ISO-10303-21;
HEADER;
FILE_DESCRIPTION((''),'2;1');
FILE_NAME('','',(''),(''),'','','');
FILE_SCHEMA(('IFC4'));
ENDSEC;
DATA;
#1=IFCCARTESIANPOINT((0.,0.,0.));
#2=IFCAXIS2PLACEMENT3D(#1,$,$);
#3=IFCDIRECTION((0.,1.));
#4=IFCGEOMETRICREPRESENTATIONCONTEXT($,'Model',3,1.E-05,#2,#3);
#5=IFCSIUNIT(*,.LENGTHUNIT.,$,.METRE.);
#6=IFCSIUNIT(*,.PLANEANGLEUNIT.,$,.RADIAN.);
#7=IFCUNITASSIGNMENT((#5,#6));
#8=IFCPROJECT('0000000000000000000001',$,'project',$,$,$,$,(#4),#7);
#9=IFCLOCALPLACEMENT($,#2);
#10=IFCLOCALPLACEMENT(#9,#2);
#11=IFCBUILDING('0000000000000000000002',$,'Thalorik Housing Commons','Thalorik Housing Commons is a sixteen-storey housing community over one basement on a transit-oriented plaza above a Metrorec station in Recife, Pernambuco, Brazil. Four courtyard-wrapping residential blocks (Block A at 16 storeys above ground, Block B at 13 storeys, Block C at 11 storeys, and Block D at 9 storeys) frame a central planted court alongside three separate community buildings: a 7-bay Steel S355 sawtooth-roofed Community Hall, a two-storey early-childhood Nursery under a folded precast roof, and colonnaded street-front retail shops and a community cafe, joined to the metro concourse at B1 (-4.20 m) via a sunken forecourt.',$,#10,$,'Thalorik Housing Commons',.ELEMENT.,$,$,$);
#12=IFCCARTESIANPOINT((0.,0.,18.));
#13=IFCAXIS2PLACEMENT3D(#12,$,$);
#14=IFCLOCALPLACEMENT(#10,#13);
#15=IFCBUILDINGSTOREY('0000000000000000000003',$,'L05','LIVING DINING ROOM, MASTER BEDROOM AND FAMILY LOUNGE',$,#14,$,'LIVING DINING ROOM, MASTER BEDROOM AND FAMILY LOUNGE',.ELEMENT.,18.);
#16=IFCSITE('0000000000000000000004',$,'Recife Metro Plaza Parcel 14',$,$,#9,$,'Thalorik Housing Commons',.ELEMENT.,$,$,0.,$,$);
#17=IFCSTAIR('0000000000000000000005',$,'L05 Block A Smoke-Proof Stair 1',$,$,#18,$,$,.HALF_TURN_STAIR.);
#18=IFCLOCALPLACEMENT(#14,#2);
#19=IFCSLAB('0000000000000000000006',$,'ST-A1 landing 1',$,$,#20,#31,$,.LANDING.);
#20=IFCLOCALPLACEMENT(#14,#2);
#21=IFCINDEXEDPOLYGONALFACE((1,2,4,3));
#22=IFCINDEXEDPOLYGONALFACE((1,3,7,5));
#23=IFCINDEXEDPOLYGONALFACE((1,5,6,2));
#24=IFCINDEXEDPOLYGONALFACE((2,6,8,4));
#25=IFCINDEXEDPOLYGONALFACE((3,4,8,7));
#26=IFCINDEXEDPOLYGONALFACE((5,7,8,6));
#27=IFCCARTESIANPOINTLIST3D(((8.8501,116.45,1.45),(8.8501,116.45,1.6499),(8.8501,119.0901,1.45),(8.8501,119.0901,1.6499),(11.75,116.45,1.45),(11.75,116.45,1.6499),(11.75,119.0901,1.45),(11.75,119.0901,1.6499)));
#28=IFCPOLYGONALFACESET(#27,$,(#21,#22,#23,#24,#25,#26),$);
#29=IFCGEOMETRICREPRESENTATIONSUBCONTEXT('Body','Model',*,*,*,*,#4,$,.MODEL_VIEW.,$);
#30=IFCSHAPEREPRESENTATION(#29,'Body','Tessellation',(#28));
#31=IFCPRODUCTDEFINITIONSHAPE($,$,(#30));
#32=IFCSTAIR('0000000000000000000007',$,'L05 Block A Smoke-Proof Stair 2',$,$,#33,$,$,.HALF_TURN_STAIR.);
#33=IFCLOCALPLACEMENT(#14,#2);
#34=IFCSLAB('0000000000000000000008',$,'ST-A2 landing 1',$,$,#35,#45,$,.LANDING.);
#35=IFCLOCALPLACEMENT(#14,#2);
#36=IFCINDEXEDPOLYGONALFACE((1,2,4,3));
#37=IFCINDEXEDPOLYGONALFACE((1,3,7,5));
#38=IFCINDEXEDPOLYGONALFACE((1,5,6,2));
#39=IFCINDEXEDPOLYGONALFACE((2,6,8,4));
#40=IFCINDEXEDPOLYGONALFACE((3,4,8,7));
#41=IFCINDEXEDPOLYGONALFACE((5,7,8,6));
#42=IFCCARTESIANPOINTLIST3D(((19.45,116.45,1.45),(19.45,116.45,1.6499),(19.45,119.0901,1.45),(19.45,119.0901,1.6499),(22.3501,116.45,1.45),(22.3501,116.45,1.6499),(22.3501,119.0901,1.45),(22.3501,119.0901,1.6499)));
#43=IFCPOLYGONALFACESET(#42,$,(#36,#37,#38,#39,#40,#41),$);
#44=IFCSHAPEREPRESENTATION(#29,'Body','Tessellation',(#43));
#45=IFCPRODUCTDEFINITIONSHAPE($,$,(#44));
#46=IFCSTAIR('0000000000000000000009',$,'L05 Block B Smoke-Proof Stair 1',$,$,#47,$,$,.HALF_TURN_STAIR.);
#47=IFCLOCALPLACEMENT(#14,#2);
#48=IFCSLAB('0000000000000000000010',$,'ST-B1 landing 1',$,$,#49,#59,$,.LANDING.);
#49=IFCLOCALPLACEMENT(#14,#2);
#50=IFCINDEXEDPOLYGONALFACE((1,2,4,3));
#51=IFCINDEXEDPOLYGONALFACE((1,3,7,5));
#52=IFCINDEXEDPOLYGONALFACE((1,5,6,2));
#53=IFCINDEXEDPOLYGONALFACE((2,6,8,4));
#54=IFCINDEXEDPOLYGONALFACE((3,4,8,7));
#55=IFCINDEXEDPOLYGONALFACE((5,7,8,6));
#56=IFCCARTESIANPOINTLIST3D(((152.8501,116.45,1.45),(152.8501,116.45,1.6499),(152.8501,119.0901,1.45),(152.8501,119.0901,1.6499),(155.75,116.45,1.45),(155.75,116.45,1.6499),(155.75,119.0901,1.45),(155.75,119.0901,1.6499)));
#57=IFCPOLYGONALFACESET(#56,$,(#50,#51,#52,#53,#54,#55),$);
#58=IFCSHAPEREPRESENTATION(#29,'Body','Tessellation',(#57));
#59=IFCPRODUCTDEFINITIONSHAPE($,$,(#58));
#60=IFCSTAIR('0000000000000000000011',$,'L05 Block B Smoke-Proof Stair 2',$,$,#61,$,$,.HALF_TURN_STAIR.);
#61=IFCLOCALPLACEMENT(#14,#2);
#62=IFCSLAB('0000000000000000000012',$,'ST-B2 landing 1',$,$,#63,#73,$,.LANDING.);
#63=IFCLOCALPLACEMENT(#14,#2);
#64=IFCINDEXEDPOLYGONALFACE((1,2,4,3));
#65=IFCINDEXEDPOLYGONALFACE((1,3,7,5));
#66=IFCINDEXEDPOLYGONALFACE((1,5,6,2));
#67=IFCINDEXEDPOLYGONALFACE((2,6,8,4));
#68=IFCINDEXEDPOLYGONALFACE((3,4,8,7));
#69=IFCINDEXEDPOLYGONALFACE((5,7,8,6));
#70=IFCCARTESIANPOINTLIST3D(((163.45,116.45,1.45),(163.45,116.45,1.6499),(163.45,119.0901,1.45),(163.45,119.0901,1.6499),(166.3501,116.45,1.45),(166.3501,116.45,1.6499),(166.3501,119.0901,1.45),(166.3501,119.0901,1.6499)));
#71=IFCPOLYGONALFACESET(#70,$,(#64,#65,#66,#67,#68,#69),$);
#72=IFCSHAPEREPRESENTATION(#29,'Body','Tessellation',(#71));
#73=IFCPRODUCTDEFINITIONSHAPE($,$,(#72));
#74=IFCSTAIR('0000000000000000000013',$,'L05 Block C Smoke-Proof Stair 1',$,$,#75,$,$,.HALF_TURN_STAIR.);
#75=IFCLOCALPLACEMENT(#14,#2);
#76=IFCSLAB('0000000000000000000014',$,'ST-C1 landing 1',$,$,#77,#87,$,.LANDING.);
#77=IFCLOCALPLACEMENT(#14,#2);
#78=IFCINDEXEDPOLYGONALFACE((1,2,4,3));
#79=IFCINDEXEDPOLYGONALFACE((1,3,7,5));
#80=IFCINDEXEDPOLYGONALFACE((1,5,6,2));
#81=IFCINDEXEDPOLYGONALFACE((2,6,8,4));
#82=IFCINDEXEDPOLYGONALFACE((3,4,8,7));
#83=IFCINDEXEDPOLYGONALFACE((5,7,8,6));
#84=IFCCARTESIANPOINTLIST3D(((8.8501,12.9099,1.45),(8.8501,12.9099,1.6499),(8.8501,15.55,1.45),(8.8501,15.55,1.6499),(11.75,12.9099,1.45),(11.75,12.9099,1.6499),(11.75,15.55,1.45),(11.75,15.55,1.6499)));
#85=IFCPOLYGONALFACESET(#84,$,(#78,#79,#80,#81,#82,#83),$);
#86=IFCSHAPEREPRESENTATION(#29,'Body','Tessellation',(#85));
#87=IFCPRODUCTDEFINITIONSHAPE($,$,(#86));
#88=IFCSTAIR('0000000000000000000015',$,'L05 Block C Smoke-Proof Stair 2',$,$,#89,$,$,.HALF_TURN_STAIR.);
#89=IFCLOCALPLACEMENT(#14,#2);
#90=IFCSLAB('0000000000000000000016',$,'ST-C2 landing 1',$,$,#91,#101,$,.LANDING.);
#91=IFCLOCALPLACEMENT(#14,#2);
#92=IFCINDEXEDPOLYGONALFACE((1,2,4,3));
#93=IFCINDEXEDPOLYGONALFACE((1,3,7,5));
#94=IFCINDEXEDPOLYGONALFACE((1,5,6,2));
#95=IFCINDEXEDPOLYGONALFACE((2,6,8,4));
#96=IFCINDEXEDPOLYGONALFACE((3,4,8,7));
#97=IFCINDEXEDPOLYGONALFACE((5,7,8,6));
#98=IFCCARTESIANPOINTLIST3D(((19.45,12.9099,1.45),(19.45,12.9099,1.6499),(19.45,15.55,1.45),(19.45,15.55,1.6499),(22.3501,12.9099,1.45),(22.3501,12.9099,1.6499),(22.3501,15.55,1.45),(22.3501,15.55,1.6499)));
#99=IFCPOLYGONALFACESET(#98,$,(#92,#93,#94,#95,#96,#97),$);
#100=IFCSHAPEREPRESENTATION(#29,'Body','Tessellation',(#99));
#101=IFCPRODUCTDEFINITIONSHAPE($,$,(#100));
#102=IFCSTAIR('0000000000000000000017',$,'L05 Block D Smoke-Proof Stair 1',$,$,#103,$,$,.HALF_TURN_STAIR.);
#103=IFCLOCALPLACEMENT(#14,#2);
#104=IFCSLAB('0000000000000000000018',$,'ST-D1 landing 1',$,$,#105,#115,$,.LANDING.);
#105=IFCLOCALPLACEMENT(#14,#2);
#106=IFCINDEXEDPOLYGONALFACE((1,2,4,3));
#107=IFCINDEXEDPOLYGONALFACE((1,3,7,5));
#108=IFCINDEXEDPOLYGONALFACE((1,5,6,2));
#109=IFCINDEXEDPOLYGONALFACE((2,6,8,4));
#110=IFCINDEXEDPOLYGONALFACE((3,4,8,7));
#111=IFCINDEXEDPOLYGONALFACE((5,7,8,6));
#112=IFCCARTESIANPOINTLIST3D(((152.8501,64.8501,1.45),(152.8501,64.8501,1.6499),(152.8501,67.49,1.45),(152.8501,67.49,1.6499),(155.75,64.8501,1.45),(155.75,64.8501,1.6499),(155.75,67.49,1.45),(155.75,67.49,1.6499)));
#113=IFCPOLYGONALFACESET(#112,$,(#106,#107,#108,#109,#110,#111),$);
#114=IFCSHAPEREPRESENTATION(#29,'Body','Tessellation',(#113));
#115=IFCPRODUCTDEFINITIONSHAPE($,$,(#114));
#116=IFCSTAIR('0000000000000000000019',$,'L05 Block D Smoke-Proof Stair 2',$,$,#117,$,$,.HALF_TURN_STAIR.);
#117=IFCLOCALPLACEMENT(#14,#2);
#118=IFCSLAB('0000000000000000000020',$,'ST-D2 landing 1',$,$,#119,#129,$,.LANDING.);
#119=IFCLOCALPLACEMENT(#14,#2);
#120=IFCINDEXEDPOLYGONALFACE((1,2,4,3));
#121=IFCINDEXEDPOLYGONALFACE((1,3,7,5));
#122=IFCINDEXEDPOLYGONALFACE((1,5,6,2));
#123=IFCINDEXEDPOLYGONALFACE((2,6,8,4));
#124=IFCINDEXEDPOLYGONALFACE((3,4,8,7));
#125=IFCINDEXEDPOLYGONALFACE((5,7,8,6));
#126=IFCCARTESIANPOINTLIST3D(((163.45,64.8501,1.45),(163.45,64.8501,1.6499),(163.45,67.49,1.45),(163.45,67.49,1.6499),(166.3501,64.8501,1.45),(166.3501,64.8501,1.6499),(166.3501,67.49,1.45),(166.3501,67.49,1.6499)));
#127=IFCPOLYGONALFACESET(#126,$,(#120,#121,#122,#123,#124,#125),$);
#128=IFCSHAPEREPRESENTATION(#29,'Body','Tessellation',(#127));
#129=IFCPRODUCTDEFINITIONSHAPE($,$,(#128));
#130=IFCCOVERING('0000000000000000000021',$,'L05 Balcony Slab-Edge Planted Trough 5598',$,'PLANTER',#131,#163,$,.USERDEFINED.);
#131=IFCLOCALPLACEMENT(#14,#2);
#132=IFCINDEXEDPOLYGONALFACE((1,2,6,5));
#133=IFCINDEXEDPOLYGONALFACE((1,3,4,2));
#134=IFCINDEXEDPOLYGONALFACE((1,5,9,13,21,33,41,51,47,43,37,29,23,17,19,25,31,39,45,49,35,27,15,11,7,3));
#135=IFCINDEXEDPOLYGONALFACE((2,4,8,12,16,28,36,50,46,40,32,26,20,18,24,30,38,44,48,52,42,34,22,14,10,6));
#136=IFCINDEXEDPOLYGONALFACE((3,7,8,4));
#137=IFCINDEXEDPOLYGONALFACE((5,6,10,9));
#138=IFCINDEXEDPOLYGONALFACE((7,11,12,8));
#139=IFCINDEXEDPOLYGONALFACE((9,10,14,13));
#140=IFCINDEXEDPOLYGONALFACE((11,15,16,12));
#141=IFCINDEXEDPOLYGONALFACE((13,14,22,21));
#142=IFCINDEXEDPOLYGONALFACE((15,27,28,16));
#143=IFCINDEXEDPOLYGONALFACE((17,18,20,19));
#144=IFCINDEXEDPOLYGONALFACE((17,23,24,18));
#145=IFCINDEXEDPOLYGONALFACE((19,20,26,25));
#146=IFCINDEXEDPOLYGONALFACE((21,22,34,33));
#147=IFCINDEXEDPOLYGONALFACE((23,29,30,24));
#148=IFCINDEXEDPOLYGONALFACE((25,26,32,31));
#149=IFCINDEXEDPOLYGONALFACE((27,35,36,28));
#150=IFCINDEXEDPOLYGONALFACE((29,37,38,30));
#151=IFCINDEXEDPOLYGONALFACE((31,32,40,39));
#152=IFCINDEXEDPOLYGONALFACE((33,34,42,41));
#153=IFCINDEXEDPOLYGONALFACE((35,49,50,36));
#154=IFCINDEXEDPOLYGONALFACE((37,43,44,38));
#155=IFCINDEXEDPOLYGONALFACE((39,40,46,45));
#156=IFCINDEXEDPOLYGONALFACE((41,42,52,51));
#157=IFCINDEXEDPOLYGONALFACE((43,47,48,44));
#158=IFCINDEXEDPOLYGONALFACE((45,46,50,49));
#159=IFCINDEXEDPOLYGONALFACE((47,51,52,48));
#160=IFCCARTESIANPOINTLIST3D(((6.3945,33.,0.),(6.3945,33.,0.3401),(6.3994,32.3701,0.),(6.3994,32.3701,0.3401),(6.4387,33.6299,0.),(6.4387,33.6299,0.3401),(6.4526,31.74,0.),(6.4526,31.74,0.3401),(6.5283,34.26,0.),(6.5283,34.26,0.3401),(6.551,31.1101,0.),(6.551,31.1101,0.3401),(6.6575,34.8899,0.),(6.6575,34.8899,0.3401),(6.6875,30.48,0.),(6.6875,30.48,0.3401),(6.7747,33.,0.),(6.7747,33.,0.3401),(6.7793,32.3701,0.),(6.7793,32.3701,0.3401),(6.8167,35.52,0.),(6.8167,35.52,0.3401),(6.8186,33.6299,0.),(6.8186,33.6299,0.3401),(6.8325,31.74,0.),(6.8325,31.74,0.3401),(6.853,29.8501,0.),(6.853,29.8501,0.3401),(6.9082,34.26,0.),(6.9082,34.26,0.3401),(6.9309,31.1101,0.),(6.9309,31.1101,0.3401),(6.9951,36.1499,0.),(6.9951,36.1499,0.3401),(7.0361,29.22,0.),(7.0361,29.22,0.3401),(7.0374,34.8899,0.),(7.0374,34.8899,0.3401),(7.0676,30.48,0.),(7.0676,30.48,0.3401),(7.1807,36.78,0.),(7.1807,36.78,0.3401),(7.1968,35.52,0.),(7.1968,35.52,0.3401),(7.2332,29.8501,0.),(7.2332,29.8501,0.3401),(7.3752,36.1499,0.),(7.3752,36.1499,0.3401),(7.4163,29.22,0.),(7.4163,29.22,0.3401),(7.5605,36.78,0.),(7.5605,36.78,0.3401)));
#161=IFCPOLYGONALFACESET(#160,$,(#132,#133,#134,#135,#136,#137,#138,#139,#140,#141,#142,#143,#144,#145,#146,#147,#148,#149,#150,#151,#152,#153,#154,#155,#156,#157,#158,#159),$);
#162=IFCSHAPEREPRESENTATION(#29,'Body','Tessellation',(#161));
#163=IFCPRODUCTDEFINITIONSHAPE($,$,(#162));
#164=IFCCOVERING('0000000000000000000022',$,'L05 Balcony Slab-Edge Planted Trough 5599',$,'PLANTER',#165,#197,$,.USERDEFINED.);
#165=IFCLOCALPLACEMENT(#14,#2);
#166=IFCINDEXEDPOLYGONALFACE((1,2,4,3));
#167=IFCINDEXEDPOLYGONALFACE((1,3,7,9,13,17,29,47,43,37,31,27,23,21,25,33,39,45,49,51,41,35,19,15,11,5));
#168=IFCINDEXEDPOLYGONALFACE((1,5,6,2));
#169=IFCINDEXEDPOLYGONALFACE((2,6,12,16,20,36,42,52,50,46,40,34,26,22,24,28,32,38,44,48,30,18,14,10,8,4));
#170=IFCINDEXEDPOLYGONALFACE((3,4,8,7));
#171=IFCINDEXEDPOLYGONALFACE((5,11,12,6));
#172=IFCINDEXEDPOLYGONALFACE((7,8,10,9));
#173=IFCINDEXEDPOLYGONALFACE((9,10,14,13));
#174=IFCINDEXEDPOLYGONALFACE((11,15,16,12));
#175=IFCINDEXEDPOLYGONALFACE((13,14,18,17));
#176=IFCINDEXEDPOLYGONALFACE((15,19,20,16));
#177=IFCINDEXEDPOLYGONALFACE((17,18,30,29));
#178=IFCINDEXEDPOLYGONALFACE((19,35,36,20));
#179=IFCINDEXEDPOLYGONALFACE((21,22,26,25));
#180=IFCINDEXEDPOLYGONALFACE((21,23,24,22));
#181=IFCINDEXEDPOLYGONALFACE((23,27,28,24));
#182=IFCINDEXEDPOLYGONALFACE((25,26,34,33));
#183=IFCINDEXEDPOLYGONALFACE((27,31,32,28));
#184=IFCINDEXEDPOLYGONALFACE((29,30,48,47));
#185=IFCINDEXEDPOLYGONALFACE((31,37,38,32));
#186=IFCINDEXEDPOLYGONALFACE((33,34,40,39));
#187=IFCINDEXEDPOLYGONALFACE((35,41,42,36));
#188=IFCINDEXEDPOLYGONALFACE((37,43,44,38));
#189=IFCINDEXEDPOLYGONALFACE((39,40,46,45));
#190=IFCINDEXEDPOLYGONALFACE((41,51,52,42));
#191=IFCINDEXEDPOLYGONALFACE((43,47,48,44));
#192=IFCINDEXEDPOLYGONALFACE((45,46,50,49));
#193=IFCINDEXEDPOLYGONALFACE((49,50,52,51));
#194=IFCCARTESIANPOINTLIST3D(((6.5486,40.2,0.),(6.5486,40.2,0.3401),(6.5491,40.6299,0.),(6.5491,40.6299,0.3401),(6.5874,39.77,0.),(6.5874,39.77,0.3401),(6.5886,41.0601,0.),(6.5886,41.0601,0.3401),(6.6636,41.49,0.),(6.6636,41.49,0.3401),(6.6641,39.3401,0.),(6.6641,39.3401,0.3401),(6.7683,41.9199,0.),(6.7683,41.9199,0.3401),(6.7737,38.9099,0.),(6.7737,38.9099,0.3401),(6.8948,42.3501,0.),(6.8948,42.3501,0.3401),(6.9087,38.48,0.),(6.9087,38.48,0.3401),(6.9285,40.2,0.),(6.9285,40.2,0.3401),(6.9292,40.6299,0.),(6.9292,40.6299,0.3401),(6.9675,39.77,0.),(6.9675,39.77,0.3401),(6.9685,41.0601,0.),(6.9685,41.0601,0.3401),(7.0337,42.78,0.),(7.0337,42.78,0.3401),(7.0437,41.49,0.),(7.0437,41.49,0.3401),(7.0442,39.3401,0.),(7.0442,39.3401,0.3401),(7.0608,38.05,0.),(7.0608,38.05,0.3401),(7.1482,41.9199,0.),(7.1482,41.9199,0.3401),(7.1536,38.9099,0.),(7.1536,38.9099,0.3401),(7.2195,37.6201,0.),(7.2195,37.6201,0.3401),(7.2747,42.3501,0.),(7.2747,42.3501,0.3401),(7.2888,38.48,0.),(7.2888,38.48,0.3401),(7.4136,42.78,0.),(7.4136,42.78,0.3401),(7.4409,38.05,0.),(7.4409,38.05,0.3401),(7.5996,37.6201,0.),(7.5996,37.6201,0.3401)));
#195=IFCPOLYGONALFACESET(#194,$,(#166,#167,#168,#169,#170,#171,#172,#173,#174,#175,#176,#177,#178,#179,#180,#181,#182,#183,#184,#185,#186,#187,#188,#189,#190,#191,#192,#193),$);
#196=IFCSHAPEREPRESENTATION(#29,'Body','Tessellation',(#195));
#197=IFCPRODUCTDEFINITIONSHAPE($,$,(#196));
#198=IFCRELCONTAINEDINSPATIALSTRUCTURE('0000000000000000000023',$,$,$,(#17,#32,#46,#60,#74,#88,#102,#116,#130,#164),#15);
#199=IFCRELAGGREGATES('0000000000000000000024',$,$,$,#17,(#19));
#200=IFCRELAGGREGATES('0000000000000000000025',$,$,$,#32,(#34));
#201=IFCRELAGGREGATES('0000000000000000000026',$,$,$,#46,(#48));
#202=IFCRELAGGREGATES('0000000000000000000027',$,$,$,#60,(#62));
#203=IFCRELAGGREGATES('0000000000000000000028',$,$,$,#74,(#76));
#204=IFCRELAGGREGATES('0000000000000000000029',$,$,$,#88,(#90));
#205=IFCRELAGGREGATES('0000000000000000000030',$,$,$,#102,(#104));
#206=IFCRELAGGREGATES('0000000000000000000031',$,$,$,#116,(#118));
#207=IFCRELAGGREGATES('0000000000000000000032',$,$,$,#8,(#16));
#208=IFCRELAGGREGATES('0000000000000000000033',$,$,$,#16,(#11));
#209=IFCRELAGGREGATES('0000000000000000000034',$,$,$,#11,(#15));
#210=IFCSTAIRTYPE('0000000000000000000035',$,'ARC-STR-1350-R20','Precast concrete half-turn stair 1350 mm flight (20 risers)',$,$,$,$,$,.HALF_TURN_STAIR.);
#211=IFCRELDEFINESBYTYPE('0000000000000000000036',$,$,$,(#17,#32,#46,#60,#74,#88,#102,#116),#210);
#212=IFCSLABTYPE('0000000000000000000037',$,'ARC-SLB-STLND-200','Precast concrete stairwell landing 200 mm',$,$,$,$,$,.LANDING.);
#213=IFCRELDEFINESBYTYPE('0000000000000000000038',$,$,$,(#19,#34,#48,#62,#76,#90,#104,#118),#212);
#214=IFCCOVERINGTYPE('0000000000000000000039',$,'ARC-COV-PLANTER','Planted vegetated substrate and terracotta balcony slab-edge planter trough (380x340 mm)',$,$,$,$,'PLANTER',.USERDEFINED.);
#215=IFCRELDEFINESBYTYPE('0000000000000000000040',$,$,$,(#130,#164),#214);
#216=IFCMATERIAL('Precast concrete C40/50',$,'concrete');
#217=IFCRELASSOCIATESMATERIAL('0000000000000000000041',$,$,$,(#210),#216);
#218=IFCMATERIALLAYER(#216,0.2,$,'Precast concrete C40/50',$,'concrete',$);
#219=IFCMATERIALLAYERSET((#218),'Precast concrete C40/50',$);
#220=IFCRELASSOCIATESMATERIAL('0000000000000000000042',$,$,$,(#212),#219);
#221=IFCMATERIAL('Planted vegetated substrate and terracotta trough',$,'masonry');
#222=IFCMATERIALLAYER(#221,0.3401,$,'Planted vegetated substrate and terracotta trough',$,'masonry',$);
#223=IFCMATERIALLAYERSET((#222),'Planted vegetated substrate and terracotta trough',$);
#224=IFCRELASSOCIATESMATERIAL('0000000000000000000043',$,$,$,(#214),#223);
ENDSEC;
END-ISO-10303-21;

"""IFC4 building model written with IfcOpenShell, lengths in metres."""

from ifc_helpers import new_model, si_unit, direction, frame, origin, place, context, subcontext, project, spatial, polyline, outline, extrude, material, layer, layer_set, type_object, element, aggregate, save


model = new_model("IFC4")

# Units and contexts
model_context = context("Model", 3, precision=1e-05, world=origin(), true_north=direction((0.0, 1.0)))
body_context = subcontext(model_context, "Body", "Model", "MODEL_VIEW")
ifc_project = project(units=[si_unit("LENGTHUNIT", "METRE"), si_unit("PLANEANGLEUNIT", "RADIAN")], contexts=[model_context])

# Site, building, storey
site_placement = place(None, origin())
site = spatial("IfcSite", under=ifc_project, at=site_placement, Name="Recife Metro Plaza Parcel 14", LongName="Thalorik Housing Commons", CompositionType="ELEMENT", RefElevation=0.0)
building_placement = place(site_placement, origin())
building = spatial("IfcBuilding", under=site, at=building_placement, Name="Thalorik Housing Commons", Description="Thalorik Housing Commons is a sixteen-storey housing community over one basement on a transit-oriented plaza above a Metrorec station in Recife, Pernambuco, Brazil. Four courtyard-wrapping residential blocks (Block A at 16 storeys above ground, Block B at 13 storeys, Block C at 11 storeys, and Block D at 9 storeys) frame a central planted court alongside three separate community buildings: a 7-bay Steel S355 sawtooth-roofed Community Hall, a two-storey early-childhood Nursery under a folded precast roof, and colonnaded street-front retail shops and a community cafe, joined to the metro concourse at B1 (-4.20 m) via a sunken forecourt.", LongName="Thalorik Housing Commons", CompositionType="ELEMENT")
storey_placement = place(building_placement, frame((0.0, 0.0, 18.0)))
storey = spatial("IfcBuildingStorey", under=building, at=storey_placement, Name="L05", Description="LIVING DINING ROOM, MASTER BEDROOM AND FAMILY LOUNGE", LongName="LIVING DINING ROOM, MASTER BEDROOM AND FAMILY LOUNGE", CompositionType="ELEMENT", Elevation=18.0)

# Stairs, slabs
ifc_material_1 = material(Name="Precast concrete C40/50", Category="concrete")
stair_type = type_object("IfcStairType", Name="ARC-STR-1350-R20", Description="Precast concrete half-turn stair 1350 mm flight (20 risers)", PredefinedType="HALF_TURN_STAIR", material=ifc_material_1)
stair_1_placement = place(storey_placement, origin())
stair_1 = element("IfcStair", 1, at=stair_1_placement, inside=storey, type_object=stair_type, Name="L05 Block A Smoke-Proof Stair 1", PredefinedType="HALF_TURN_STAIR")
ifc_layer_1 = layer(ifc_material_1, 0.2, Name="Precast concrete C40/50", Category="concrete")
ifc_layer_set_1 = layer_set([ifc_layer_1], Name="Precast concrete C40/50")
slab_type = type_object("IfcSlabType", Name="ARC-SLB-STLND-200", Description="Precast concrete stairwell landing 200 mm", PredefinedType="LANDING", material=ifc_layer_set_1)
slab_1_placement = place(storey_placement, frame((0.0, 0.0, 1.45)))
slab_1 = element("IfcSlab", 2, at=slab_1_placement, type_object=slab_type, Name="ST-A1 landing 1", PredefinedType="LANDING", context=body_context, shape_type="SweptSolid", body=[
    extrude(outline(polyline([(8.8501, 119.0901), (8.8501, 116.45), (11.75, 116.45), (11.75, 119.0901), (8.8501, 119.0901)])), origin(), (0.0, 0.0, 1.0), 0.2),
])
aggregate(stair_1, [slab_1])
stair_2_placement = place(storey_placement, origin())
stair_2 = element("IfcStair", 3, at=stair_2_placement, inside=storey, type_object=stair_type, Name="L05 Block A Smoke-Proof Stair 2", PredefinedType="HALF_TURN_STAIR")
slab_2_placement = place(storey_placement, frame((0.0, 0.0, 1.45)))
slab_2 = element("IfcSlab", 4, at=slab_2_placement, type_object=slab_type, Name="ST-A2 landing 1", PredefinedType="LANDING", context=body_context, shape_type="SweptSolid", body=[
    extrude(outline(polyline([(19.45, 119.0901), (19.45, 116.45), (22.3501, 116.45), (22.3501, 119.0901), (19.45, 119.0901)])), origin(), (0.0, 0.0, 1.0), 0.2),
])
aggregate(stair_2, [slab_2])
stair_3_placement = place(storey_placement, origin())
stair_3 = element("IfcStair", 5, at=stair_3_placement, inside=storey, type_object=stair_type, Name="L05 Block B Smoke-Proof Stair 1", PredefinedType="HALF_TURN_STAIR")
slab_3_placement = place(storey_placement, frame((0.0, 0.0, 1.45)))
slab_3 = element("IfcSlab", 6, at=slab_3_placement, type_object=slab_type, Name="ST-B1 landing 1", PredefinedType="LANDING", context=body_context, shape_type="SweptSolid", body=[
    extrude(outline(polyline([(152.8501, 119.0901), (152.8501, 116.45), (155.75, 116.45), (155.75, 119.0901), (152.8501, 119.0901)])), origin(), (0.0, 0.0, 1.0), 0.2),
])
aggregate(stair_3, [slab_3])
stair_4_placement = place(storey_placement, origin())
stair_4 = element("IfcStair", 7, at=stair_4_placement, inside=storey, type_object=stair_type, Name="L05 Block B Smoke-Proof Stair 2", PredefinedType="HALF_TURN_STAIR")
slab_4_placement = place(storey_placement, frame((0.0, 0.0, 1.45)))
slab_4 = element("IfcSlab", 8, at=slab_4_placement, type_object=slab_type, Name="ST-B2 landing 1", PredefinedType="LANDING", context=body_context, shape_type="SweptSolid", body=[
    extrude(outline(polyline([(163.45, 119.0901), (163.45, 116.45), (166.3501, 116.45), (166.3501, 119.0901), (163.45, 119.0901)])), origin(), (0.0, 0.0, 1.0), 0.2),
])
aggregate(stair_4, [slab_4])
stair_5_placement = place(storey_placement, origin())
stair_5 = element("IfcStair", 9, at=stair_5_placement, inside=storey, type_object=stair_type, Name="L05 Block C Smoke-Proof Stair 1", PredefinedType="HALF_TURN_STAIR")
slab_5_placement = place(storey_placement, frame((0.0, 0.0, 1.45)))
slab_5 = element("IfcSlab", 10, at=slab_5_placement, type_object=slab_type, Name="ST-C1 landing 1", PredefinedType="LANDING", context=body_context, shape_type="SweptSolid", body=[
    extrude(outline(polyline([(11.75, 12.9099), (11.75, 15.55), (8.8501, 15.55), (8.8501, 12.9099), (11.75, 12.9099)])), origin(), (0.0, 0.0, 1.0), 0.2),
])
aggregate(stair_5, [slab_5])
stair_6_placement = place(storey_placement, origin())
stair_6 = element("IfcStair", 11, at=stair_6_placement, inside=storey, type_object=stair_type, Name="L05 Block C Smoke-Proof Stair 2", PredefinedType="HALF_TURN_STAIR")
slab_6_placement = place(storey_placement, frame((0.0, 0.0, 1.45)))
slab_6 = element("IfcSlab", 12, at=slab_6_placement, type_object=slab_type, Name="ST-C2 landing 1", PredefinedType="LANDING", context=body_context, shape_type="SweptSolid", body=[
    extrude(outline(polyline([(22.3501, 12.9099), (22.3501, 15.55), (19.45, 15.55), (19.45, 12.9099), (22.3501, 12.9099)])), origin(), (0.0, 0.0, 1.0), 0.2),
])
aggregate(stair_6, [slab_6])
stair_7_placement = place(storey_placement, origin())
stair_7 = element("IfcStair", 13, at=stair_7_placement, inside=storey, type_object=stair_type, Name="L05 Block D Smoke-Proof Stair 1", PredefinedType="HALF_TURN_STAIR")
slab_7_placement = place(storey_placement, frame((0.0, 0.0, 1.45)))
slab_7 = element("IfcSlab", 14, at=slab_7_placement, type_object=slab_type, Name="ST-D1 landing 1", PredefinedType="LANDING", context=body_context, shape_type="SweptSolid", body=[
    extrude(outline(polyline([(152.8501, 67.49), (152.8501, 64.8501), (155.75, 64.8501), (155.75, 67.49), (152.8501, 67.49)])), origin(), (0.0, 0.0, 1.0), 0.2),
])
aggregate(stair_7, [slab_7])
stair_8_placement = place(storey_placement, origin())
stair_8 = element("IfcStair", 15, at=stair_8_placement, inside=storey, type_object=stair_type, Name="L05 Block D Smoke-Proof Stair 2", PredefinedType="HALF_TURN_STAIR")
slab_8_placement = place(storey_placement, frame((0.0, 0.0, 1.45)))
slab_8 = element("IfcSlab", 16, at=slab_8_placement, type_object=slab_type, Name="ST-D2 landing 1", PredefinedType="LANDING", context=body_context, shape_type="SweptSolid", body=[
    extrude(outline(polyline([(163.45, 67.49), (163.45, 64.8501), (166.3501, 64.8501), (166.3501, 67.49), (163.45, 67.49)])), origin(), (0.0, 0.0, 1.0), 0.2),
])
aggregate(stair_8, [slab_8])

# Coverings
ifc_material_2 = material(Name="Planted vegetated substrate and terracotta trough", Category="masonry")
ifc_layer_2 = layer(ifc_material_2, 0.3401, Name="Planted vegetated substrate and terracotta trough", Category="masonry")
ifc_layer_set_2 = layer_set([ifc_layer_2], Name="Planted vegetated substrate and terracotta trough")
covering_type = type_object("IfcCoveringType", Name="ARC-COV-PLANTER", Description="Planted vegetated substrate and terracotta balcony slab-edge planter trough (380x340 mm)", ElementType="PLANTER", PredefinedType="USERDEFINED", material=ifc_layer_set_2)
covering_1_placement = place(storey_placement, origin())
element("IfcCovering", 17, at=covering_1_placement, inside=storey, type_object=covering_type, Name="L05 Balcony Slab-Edge Planted Trough 5598", ObjectType="PLANTER", PredefinedType="USERDEFINED", context=body_context, shape_type="SweptSolid", body=[
    extrude(outline(polyline([(7.1807, 36.78), (6.9951, 36.1499), (6.8167, 35.52), (6.6575, 34.8899), (6.5283, 34.26), (6.4387, 33.6299), (6.3945, 33.0), (6.3994, 32.3701), (6.4526, 31.74), (6.551, 31.1101), (6.6875, 30.48), (6.853, 29.8501), (7.0361, 29.22), (7.4163, 29.22), (7.2332, 29.8501), (7.0676, 30.48), (6.9309, 31.1101), (6.8325, 31.74), (6.7793, 32.3701), (6.7747, 33.0), (6.8186, 33.6299), (6.9082, 34.26), (7.0374, 34.8899), (7.1968, 35.52), (7.3752, 36.1499), (7.5605, 36.78), (7.1807, 36.78)])), origin(), (0.0, 0.0, 1.0), 0.3401),
])
covering_2_placement = place(storey_placement, origin())
element("IfcCovering", 18, at=covering_2_placement, inside=storey, type_object=covering_type, Name="L05 Balcony Slab-Edge Planted Trough 5599", ObjectType="PLANTER", PredefinedType="USERDEFINED", context=body_context, shape_type="SweptSolid", body=[
    extrude(outline(polyline([(7.0337, 42.78), (6.8948, 42.3501), (6.7683, 41.9199), (6.6636, 41.49), (6.5886, 41.0601), (6.5491, 40.6299), (6.5486, 40.2), (6.5874, 39.77), (6.6641, 39.3401), (6.7737, 38.9099), (6.9087, 38.48), (7.0608, 38.05), (7.2195, 37.6201), (7.5996, 37.6201), (7.4409, 38.05), (7.2888, 38.48), (7.1536, 38.9099), (7.0442, 39.3401), (6.9675, 39.77), (6.9285, 40.2), (6.9292, 40.6299), (6.9685, 41.0601), (7.0437, 41.49), (7.1482, 41.9199), (7.2747, 42.3501), (7.4136, 42.78), (7.0337, 42.78)])), origin(), (0.0, 0.0, 1.0), 0.3401),
])

save(model, "model.ifc")
